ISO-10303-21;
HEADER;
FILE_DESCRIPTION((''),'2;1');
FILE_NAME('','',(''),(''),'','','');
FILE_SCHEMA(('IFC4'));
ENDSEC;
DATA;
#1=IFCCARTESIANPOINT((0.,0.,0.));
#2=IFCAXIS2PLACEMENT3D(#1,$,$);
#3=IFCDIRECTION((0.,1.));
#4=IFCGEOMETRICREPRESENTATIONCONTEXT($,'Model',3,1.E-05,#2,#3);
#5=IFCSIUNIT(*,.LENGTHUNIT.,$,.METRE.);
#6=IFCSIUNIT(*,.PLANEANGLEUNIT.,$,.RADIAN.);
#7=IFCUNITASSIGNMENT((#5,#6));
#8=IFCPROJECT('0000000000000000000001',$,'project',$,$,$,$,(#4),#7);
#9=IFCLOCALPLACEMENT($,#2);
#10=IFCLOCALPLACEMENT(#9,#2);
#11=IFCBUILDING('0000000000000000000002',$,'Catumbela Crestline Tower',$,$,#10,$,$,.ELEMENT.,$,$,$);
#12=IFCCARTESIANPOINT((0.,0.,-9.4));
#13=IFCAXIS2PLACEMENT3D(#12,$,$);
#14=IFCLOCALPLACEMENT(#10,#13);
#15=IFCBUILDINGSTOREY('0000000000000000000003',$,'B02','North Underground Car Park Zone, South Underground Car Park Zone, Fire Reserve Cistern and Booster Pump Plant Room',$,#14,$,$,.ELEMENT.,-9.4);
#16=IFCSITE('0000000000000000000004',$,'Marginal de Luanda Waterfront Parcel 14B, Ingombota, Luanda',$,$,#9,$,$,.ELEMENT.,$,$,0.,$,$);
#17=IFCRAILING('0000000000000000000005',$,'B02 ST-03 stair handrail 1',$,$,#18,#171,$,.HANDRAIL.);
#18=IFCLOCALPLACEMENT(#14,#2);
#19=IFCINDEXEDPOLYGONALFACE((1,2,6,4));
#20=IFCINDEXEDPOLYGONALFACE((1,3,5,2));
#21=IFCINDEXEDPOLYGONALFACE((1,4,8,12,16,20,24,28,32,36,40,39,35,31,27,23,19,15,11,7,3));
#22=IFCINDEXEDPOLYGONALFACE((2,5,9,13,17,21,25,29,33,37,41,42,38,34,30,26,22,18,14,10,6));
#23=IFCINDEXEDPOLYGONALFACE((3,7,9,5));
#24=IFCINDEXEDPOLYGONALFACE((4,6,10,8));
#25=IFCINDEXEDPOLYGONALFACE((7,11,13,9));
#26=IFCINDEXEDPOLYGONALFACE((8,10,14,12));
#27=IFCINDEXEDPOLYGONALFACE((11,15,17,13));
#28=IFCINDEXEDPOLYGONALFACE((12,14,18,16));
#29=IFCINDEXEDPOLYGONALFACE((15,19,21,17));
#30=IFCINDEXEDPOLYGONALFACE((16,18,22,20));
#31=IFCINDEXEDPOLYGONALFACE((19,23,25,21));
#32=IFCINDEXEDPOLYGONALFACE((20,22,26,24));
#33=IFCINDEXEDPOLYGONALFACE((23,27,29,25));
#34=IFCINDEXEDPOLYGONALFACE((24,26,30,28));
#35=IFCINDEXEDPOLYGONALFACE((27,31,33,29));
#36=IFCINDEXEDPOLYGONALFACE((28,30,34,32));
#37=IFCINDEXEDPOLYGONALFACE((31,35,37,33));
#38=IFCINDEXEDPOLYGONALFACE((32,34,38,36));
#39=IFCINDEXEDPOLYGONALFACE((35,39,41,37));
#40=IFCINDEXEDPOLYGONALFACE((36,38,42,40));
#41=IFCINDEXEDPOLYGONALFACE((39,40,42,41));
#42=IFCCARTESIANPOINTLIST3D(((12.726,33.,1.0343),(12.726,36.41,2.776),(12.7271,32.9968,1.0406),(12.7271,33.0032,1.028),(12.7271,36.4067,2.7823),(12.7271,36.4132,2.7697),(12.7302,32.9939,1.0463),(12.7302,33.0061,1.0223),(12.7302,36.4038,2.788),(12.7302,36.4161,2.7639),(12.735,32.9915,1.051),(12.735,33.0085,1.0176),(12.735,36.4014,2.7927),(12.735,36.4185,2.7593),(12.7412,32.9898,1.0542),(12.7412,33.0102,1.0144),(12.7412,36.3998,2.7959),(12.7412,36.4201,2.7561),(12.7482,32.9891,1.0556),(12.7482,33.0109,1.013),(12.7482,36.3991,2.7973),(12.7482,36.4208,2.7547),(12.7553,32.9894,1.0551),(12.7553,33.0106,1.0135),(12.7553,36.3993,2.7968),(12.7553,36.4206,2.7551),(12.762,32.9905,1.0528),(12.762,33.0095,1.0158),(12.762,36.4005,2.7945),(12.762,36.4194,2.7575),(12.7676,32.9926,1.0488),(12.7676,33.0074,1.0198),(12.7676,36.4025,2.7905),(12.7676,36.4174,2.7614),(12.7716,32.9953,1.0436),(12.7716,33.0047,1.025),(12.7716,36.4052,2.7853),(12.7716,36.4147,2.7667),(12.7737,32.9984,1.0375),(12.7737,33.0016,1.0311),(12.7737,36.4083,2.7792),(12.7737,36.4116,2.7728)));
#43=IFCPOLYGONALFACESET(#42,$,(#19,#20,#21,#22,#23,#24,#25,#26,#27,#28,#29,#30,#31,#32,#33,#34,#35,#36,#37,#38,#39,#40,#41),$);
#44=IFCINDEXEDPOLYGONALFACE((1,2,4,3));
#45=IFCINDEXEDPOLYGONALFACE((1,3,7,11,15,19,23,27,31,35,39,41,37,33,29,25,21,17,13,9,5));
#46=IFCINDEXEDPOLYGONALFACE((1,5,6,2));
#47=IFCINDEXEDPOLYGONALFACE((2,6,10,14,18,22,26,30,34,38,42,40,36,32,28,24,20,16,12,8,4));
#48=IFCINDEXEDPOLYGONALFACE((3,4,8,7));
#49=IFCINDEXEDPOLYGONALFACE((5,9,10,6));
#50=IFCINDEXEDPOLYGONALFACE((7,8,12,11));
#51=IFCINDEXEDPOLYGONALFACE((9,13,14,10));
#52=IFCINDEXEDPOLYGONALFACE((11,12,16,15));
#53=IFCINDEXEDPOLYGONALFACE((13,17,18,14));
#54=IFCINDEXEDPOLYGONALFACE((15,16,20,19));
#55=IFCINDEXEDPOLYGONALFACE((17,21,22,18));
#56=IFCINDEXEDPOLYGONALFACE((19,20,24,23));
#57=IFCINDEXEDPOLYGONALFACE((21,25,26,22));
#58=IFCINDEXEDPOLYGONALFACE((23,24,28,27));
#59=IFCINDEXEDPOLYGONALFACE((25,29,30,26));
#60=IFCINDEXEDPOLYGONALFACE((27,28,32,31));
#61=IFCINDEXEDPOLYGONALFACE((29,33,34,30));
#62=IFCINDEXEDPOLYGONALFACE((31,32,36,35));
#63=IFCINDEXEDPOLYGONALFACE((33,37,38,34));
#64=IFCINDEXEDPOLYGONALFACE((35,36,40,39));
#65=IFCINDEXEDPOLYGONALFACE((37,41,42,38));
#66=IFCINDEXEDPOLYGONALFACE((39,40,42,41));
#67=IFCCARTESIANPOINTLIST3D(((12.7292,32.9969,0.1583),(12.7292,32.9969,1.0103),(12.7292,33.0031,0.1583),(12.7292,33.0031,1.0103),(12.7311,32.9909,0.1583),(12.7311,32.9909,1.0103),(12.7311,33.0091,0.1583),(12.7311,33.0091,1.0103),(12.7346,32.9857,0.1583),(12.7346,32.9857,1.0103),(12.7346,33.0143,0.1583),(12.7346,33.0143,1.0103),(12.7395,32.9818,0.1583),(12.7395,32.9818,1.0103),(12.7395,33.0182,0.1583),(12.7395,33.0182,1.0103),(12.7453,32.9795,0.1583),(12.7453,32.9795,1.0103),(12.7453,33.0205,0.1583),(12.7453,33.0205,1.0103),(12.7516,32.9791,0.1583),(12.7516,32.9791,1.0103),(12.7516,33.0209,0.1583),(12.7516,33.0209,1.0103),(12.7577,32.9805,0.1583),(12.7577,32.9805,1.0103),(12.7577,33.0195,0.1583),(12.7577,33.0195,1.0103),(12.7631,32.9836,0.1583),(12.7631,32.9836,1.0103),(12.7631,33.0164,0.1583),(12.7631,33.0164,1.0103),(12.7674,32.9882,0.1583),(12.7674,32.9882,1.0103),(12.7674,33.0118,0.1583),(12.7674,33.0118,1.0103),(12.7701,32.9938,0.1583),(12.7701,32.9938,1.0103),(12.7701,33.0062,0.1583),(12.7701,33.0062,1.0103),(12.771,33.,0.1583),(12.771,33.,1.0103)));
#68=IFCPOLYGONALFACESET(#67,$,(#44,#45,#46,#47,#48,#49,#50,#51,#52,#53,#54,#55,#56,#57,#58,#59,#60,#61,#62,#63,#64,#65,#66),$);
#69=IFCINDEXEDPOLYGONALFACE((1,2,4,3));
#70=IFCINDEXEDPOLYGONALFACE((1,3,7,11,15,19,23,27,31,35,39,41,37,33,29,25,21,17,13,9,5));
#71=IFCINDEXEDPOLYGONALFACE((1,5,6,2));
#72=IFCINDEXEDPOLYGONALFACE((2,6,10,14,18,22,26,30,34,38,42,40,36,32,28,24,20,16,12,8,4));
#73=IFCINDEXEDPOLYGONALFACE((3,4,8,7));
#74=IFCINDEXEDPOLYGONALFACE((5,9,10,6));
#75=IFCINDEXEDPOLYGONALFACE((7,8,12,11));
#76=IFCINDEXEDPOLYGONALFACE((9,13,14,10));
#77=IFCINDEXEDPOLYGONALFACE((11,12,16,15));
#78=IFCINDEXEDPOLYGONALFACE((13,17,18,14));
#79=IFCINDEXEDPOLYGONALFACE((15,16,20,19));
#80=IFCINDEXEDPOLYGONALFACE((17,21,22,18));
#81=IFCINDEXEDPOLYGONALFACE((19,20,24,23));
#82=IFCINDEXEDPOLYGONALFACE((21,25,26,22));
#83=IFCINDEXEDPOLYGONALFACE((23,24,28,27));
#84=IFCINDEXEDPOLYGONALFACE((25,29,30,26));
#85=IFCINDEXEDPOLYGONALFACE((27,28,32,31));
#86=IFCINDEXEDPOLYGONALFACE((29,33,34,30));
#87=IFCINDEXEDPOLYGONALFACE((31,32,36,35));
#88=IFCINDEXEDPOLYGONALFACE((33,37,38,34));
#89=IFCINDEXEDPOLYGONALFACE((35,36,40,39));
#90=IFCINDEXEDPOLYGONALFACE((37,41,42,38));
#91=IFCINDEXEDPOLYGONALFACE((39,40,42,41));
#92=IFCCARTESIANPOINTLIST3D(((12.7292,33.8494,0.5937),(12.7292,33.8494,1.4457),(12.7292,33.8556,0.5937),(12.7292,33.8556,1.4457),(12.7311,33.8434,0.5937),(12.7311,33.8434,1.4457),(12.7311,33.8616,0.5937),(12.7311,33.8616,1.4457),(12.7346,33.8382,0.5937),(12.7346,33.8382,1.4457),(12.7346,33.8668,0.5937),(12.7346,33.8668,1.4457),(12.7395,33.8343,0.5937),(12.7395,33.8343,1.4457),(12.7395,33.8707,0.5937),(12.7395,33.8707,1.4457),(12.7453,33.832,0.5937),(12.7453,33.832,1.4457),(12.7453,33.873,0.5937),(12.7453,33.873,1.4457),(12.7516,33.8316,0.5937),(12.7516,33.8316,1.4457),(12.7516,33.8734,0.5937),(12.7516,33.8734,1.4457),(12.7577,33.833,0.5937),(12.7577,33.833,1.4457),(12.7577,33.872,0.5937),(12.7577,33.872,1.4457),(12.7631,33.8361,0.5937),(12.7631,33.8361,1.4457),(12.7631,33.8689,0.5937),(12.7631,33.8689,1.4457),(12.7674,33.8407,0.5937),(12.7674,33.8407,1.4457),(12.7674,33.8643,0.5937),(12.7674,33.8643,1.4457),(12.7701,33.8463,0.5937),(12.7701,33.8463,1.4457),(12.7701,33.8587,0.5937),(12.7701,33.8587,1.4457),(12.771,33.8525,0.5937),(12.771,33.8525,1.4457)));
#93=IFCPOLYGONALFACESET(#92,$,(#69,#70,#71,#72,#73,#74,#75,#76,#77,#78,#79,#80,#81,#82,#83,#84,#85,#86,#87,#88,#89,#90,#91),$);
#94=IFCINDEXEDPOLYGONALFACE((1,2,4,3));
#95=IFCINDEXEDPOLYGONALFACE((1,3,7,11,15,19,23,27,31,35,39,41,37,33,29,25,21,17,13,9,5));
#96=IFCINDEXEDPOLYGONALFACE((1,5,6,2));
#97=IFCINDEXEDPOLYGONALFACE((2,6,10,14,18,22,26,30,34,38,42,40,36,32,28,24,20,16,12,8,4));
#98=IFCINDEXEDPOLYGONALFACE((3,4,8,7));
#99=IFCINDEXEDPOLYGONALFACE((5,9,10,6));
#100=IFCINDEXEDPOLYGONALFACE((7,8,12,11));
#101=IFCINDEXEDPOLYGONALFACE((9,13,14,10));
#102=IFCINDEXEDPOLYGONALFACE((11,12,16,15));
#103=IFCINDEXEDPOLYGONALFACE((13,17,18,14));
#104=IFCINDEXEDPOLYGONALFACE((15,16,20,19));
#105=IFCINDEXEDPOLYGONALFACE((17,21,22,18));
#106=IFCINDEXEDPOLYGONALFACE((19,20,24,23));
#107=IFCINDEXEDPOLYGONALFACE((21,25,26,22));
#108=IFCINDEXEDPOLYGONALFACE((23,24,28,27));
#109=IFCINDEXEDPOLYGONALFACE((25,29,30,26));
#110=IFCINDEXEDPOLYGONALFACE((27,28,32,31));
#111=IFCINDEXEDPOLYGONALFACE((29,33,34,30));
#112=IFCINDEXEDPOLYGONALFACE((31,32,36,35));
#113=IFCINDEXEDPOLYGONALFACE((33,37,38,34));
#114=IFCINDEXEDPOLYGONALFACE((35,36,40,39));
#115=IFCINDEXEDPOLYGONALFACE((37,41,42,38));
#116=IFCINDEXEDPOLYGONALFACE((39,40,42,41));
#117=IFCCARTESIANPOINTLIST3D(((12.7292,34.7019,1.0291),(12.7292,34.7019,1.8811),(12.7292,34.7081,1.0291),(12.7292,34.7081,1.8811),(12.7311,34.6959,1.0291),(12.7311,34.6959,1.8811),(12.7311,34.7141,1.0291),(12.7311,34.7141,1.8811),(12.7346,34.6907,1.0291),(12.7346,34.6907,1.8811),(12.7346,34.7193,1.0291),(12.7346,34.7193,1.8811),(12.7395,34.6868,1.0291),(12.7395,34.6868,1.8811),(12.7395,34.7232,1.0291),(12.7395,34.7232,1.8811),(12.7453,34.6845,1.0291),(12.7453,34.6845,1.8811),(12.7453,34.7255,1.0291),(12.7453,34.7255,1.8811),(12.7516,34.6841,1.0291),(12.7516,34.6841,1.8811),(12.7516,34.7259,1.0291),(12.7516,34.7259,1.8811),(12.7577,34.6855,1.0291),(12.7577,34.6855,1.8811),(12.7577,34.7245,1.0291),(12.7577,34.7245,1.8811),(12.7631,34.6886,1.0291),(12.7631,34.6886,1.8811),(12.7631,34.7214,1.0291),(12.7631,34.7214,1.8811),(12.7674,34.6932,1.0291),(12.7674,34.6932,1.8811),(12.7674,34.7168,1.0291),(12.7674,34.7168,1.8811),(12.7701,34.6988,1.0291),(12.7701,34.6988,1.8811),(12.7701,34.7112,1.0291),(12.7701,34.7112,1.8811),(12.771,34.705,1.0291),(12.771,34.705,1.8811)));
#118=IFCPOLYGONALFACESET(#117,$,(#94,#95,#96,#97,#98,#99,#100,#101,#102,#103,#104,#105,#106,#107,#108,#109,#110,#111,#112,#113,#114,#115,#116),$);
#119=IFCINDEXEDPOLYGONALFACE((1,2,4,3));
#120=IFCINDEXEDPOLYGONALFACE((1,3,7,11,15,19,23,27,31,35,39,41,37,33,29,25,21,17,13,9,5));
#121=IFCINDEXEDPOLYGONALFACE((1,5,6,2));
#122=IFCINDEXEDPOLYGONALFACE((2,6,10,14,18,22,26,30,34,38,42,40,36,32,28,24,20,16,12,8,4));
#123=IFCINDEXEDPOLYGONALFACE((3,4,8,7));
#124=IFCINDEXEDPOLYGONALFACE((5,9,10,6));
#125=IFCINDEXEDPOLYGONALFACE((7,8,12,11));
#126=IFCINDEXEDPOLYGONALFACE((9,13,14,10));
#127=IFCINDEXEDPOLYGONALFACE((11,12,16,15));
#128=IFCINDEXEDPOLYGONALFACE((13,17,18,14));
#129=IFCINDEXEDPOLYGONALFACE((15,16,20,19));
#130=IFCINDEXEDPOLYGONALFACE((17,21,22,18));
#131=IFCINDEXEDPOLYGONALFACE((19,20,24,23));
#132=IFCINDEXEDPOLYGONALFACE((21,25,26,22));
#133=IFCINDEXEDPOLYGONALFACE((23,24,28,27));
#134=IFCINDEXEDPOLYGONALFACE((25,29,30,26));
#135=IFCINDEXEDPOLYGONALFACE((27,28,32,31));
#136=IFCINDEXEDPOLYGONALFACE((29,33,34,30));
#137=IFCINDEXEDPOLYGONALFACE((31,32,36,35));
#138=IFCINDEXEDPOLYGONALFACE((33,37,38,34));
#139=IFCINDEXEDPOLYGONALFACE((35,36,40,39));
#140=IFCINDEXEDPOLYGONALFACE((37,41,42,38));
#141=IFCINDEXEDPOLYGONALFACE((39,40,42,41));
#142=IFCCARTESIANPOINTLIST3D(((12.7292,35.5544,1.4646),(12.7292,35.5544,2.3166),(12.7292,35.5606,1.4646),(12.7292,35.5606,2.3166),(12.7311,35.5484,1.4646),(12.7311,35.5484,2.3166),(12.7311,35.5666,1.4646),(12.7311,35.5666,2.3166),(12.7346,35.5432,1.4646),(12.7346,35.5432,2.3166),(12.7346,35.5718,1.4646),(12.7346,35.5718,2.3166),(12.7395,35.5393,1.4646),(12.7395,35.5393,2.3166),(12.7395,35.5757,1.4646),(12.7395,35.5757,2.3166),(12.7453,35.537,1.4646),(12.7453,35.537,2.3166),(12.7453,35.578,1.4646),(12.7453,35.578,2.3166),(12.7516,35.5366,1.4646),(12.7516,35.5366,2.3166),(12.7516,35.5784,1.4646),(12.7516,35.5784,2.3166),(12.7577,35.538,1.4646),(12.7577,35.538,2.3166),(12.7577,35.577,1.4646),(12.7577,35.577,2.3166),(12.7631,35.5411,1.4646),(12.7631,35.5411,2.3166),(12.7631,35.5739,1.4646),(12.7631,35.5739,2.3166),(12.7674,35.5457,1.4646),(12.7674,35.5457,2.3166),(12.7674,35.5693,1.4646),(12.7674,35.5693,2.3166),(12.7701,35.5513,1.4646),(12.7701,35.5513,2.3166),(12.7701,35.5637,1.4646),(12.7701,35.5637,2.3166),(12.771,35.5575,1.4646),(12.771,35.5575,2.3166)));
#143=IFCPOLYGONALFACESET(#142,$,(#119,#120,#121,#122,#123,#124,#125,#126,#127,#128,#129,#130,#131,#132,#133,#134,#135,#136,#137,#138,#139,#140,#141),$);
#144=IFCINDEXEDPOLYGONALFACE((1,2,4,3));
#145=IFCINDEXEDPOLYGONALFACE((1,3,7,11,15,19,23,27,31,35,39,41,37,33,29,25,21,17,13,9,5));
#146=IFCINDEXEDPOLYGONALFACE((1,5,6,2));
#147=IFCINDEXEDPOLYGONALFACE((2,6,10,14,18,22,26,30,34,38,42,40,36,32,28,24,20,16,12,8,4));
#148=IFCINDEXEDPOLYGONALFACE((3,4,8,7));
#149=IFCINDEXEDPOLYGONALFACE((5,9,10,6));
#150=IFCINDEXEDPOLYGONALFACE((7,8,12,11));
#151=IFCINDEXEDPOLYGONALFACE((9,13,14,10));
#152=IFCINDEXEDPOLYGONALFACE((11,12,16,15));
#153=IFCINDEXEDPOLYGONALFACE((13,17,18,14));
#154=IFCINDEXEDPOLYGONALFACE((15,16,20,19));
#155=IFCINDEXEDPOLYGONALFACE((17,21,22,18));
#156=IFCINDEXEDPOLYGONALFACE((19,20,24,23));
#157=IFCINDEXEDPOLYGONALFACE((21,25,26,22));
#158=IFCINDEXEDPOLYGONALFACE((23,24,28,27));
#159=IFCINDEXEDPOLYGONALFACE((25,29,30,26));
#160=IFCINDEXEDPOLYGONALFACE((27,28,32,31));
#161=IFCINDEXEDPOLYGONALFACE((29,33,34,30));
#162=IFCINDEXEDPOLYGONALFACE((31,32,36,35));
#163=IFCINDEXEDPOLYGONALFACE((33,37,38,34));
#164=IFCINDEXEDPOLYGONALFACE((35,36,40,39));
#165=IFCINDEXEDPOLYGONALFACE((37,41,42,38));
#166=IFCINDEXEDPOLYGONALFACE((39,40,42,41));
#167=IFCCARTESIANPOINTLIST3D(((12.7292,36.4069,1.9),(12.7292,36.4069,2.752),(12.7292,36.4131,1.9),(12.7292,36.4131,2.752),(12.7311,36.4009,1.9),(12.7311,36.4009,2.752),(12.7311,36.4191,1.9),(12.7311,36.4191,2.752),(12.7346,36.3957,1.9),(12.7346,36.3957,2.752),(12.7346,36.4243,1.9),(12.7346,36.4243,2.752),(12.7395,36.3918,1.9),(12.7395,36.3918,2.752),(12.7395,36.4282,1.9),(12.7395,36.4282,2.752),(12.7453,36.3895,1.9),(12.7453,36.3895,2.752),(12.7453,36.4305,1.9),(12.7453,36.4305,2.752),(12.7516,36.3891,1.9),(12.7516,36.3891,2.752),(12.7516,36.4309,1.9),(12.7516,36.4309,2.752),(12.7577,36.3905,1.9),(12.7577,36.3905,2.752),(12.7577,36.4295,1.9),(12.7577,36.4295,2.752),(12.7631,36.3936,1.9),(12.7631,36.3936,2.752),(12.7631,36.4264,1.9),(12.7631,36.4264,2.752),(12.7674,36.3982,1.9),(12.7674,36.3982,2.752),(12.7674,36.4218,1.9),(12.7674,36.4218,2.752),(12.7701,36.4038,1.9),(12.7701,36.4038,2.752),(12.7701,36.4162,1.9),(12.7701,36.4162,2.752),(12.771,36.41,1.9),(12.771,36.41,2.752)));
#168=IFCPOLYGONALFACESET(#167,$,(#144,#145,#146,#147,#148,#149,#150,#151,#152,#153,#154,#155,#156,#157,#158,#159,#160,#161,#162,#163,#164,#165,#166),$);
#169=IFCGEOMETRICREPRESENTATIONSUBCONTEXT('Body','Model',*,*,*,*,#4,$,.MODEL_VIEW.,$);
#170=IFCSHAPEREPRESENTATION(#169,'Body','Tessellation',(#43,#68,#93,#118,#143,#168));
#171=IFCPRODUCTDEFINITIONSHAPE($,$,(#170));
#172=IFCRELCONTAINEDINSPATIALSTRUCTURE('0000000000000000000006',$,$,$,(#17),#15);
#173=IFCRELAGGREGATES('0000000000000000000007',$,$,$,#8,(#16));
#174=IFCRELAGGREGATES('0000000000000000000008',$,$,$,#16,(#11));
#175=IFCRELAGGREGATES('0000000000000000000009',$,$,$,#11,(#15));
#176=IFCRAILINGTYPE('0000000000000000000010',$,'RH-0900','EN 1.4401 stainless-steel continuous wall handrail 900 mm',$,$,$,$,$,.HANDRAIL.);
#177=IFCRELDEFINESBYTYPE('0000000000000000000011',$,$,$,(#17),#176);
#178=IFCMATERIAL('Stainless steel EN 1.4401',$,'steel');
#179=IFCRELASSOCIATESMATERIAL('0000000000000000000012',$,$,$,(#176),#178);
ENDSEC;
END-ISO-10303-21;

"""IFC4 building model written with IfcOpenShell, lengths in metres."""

from ifc_helpers import new_model, si_unit, direction, frame, origin, origin_2d, place, context, subcontext, project, spatial, circle, extrude, material, type_object, element, save


model = new_model("IFC4")

# Units and contexts
model_context = context("Model", 3, precision=1e-05, world=origin(), true_north=direction((0.0, 1.0)))
body_context = subcontext(model_context, "Body", "Model", "MODEL_VIEW")
ifc_project = project(units=[si_unit("LENGTHUNIT", "METRE"), si_unit("PLANEANGLEUNIT", "RADIAN")], contexts=[model_context])

# Site, building, storey
site_placement = place(None, origin())
site = spatial("IfcSite", under=ifc_project, at=site_placement, Name="Marginal de Luanda Waterfront Parcel 14B, Ingombota, Luanda", CompositionType="ELEMENT", RefElevation=0.0)
building_placement = place(site_placement, origin())
building = spatial("IfcBuilding", under=site, at=building_placement, Name="Catumbela Crestline Tower", CompositionType="ELEMENT")
storey_placement = place(building_placement, frame((0.0, 0.0, -9.4)))
storey = spatial("IfcBuildingStorey", under=building, at=storey_placement, Name="B02", Description="North Underground Car Park Zone, South Underground Car Park Zone, Fire Reserve Cistern and Booster Pump Plant Room", CompositionType="ELEMENT", Elevation=-9.4)

# Shared definitions
ifc_material_1 = material(Name="Stainless steel EN 1.4401", Category="steel")

# Railing
railing_type_1 = type_object("IfcRailingType", Name="RH-0900", Description="EN 1.4401 stainless-steel continuous wall handrail 900 mm", PredefinedType="HANDRAIL", material=ifc_material_1)
railing_1_placement = place(storey_placement, frame((12.75, 33.0, 0.1583)))
element("IfcRailing", 1, at=railing_1_placement, inside=storey, type_object=railing_type_1, Name="B02 ST-03 stair handrail 1", PredefinedType="HANDRAIL", context=body_context, shape_type="SweptSolid", body=[
    extrude(circle(Radius=0.024, at=origin_2d()), frame((0.0, 0.0, 0.876), z_axis=(0.0, 0.89056, 0.454865), x_axis=(-1.0, 0.0, 0.0)), (0.0, 0.0, 1.0), 3.829),
    extrude(circle(Radius=0.021, at=origin_2d()), origin(), (0.0, 0.0, 1.0), 0.852),
    extrude(circle(Radius=0.021, at=origin_2d()), frame((0.0, 0.8525, 0.4354)), (0.0, 0.0, 1.0), 0.852),
    extrude(circle(Radius=0.021, at=origin_2d()), frame((0.0, 1.705, 0.8708)), (0.0, 0.0, 1.0), 0.852),
    extrude(circle(Radius=0.021, at=origin_2d()), frame((0.0, 2.5575, 1.3063)), (0.0, 0.0, 1.0), 0.852),
    extrude(circle(Radius=0.021, at=origin_2d()), frame((0.0, 3.41, 1.7417)), (0.0, 0.0, 1.0), 0.852),
])

save(model, "model.ifc")
